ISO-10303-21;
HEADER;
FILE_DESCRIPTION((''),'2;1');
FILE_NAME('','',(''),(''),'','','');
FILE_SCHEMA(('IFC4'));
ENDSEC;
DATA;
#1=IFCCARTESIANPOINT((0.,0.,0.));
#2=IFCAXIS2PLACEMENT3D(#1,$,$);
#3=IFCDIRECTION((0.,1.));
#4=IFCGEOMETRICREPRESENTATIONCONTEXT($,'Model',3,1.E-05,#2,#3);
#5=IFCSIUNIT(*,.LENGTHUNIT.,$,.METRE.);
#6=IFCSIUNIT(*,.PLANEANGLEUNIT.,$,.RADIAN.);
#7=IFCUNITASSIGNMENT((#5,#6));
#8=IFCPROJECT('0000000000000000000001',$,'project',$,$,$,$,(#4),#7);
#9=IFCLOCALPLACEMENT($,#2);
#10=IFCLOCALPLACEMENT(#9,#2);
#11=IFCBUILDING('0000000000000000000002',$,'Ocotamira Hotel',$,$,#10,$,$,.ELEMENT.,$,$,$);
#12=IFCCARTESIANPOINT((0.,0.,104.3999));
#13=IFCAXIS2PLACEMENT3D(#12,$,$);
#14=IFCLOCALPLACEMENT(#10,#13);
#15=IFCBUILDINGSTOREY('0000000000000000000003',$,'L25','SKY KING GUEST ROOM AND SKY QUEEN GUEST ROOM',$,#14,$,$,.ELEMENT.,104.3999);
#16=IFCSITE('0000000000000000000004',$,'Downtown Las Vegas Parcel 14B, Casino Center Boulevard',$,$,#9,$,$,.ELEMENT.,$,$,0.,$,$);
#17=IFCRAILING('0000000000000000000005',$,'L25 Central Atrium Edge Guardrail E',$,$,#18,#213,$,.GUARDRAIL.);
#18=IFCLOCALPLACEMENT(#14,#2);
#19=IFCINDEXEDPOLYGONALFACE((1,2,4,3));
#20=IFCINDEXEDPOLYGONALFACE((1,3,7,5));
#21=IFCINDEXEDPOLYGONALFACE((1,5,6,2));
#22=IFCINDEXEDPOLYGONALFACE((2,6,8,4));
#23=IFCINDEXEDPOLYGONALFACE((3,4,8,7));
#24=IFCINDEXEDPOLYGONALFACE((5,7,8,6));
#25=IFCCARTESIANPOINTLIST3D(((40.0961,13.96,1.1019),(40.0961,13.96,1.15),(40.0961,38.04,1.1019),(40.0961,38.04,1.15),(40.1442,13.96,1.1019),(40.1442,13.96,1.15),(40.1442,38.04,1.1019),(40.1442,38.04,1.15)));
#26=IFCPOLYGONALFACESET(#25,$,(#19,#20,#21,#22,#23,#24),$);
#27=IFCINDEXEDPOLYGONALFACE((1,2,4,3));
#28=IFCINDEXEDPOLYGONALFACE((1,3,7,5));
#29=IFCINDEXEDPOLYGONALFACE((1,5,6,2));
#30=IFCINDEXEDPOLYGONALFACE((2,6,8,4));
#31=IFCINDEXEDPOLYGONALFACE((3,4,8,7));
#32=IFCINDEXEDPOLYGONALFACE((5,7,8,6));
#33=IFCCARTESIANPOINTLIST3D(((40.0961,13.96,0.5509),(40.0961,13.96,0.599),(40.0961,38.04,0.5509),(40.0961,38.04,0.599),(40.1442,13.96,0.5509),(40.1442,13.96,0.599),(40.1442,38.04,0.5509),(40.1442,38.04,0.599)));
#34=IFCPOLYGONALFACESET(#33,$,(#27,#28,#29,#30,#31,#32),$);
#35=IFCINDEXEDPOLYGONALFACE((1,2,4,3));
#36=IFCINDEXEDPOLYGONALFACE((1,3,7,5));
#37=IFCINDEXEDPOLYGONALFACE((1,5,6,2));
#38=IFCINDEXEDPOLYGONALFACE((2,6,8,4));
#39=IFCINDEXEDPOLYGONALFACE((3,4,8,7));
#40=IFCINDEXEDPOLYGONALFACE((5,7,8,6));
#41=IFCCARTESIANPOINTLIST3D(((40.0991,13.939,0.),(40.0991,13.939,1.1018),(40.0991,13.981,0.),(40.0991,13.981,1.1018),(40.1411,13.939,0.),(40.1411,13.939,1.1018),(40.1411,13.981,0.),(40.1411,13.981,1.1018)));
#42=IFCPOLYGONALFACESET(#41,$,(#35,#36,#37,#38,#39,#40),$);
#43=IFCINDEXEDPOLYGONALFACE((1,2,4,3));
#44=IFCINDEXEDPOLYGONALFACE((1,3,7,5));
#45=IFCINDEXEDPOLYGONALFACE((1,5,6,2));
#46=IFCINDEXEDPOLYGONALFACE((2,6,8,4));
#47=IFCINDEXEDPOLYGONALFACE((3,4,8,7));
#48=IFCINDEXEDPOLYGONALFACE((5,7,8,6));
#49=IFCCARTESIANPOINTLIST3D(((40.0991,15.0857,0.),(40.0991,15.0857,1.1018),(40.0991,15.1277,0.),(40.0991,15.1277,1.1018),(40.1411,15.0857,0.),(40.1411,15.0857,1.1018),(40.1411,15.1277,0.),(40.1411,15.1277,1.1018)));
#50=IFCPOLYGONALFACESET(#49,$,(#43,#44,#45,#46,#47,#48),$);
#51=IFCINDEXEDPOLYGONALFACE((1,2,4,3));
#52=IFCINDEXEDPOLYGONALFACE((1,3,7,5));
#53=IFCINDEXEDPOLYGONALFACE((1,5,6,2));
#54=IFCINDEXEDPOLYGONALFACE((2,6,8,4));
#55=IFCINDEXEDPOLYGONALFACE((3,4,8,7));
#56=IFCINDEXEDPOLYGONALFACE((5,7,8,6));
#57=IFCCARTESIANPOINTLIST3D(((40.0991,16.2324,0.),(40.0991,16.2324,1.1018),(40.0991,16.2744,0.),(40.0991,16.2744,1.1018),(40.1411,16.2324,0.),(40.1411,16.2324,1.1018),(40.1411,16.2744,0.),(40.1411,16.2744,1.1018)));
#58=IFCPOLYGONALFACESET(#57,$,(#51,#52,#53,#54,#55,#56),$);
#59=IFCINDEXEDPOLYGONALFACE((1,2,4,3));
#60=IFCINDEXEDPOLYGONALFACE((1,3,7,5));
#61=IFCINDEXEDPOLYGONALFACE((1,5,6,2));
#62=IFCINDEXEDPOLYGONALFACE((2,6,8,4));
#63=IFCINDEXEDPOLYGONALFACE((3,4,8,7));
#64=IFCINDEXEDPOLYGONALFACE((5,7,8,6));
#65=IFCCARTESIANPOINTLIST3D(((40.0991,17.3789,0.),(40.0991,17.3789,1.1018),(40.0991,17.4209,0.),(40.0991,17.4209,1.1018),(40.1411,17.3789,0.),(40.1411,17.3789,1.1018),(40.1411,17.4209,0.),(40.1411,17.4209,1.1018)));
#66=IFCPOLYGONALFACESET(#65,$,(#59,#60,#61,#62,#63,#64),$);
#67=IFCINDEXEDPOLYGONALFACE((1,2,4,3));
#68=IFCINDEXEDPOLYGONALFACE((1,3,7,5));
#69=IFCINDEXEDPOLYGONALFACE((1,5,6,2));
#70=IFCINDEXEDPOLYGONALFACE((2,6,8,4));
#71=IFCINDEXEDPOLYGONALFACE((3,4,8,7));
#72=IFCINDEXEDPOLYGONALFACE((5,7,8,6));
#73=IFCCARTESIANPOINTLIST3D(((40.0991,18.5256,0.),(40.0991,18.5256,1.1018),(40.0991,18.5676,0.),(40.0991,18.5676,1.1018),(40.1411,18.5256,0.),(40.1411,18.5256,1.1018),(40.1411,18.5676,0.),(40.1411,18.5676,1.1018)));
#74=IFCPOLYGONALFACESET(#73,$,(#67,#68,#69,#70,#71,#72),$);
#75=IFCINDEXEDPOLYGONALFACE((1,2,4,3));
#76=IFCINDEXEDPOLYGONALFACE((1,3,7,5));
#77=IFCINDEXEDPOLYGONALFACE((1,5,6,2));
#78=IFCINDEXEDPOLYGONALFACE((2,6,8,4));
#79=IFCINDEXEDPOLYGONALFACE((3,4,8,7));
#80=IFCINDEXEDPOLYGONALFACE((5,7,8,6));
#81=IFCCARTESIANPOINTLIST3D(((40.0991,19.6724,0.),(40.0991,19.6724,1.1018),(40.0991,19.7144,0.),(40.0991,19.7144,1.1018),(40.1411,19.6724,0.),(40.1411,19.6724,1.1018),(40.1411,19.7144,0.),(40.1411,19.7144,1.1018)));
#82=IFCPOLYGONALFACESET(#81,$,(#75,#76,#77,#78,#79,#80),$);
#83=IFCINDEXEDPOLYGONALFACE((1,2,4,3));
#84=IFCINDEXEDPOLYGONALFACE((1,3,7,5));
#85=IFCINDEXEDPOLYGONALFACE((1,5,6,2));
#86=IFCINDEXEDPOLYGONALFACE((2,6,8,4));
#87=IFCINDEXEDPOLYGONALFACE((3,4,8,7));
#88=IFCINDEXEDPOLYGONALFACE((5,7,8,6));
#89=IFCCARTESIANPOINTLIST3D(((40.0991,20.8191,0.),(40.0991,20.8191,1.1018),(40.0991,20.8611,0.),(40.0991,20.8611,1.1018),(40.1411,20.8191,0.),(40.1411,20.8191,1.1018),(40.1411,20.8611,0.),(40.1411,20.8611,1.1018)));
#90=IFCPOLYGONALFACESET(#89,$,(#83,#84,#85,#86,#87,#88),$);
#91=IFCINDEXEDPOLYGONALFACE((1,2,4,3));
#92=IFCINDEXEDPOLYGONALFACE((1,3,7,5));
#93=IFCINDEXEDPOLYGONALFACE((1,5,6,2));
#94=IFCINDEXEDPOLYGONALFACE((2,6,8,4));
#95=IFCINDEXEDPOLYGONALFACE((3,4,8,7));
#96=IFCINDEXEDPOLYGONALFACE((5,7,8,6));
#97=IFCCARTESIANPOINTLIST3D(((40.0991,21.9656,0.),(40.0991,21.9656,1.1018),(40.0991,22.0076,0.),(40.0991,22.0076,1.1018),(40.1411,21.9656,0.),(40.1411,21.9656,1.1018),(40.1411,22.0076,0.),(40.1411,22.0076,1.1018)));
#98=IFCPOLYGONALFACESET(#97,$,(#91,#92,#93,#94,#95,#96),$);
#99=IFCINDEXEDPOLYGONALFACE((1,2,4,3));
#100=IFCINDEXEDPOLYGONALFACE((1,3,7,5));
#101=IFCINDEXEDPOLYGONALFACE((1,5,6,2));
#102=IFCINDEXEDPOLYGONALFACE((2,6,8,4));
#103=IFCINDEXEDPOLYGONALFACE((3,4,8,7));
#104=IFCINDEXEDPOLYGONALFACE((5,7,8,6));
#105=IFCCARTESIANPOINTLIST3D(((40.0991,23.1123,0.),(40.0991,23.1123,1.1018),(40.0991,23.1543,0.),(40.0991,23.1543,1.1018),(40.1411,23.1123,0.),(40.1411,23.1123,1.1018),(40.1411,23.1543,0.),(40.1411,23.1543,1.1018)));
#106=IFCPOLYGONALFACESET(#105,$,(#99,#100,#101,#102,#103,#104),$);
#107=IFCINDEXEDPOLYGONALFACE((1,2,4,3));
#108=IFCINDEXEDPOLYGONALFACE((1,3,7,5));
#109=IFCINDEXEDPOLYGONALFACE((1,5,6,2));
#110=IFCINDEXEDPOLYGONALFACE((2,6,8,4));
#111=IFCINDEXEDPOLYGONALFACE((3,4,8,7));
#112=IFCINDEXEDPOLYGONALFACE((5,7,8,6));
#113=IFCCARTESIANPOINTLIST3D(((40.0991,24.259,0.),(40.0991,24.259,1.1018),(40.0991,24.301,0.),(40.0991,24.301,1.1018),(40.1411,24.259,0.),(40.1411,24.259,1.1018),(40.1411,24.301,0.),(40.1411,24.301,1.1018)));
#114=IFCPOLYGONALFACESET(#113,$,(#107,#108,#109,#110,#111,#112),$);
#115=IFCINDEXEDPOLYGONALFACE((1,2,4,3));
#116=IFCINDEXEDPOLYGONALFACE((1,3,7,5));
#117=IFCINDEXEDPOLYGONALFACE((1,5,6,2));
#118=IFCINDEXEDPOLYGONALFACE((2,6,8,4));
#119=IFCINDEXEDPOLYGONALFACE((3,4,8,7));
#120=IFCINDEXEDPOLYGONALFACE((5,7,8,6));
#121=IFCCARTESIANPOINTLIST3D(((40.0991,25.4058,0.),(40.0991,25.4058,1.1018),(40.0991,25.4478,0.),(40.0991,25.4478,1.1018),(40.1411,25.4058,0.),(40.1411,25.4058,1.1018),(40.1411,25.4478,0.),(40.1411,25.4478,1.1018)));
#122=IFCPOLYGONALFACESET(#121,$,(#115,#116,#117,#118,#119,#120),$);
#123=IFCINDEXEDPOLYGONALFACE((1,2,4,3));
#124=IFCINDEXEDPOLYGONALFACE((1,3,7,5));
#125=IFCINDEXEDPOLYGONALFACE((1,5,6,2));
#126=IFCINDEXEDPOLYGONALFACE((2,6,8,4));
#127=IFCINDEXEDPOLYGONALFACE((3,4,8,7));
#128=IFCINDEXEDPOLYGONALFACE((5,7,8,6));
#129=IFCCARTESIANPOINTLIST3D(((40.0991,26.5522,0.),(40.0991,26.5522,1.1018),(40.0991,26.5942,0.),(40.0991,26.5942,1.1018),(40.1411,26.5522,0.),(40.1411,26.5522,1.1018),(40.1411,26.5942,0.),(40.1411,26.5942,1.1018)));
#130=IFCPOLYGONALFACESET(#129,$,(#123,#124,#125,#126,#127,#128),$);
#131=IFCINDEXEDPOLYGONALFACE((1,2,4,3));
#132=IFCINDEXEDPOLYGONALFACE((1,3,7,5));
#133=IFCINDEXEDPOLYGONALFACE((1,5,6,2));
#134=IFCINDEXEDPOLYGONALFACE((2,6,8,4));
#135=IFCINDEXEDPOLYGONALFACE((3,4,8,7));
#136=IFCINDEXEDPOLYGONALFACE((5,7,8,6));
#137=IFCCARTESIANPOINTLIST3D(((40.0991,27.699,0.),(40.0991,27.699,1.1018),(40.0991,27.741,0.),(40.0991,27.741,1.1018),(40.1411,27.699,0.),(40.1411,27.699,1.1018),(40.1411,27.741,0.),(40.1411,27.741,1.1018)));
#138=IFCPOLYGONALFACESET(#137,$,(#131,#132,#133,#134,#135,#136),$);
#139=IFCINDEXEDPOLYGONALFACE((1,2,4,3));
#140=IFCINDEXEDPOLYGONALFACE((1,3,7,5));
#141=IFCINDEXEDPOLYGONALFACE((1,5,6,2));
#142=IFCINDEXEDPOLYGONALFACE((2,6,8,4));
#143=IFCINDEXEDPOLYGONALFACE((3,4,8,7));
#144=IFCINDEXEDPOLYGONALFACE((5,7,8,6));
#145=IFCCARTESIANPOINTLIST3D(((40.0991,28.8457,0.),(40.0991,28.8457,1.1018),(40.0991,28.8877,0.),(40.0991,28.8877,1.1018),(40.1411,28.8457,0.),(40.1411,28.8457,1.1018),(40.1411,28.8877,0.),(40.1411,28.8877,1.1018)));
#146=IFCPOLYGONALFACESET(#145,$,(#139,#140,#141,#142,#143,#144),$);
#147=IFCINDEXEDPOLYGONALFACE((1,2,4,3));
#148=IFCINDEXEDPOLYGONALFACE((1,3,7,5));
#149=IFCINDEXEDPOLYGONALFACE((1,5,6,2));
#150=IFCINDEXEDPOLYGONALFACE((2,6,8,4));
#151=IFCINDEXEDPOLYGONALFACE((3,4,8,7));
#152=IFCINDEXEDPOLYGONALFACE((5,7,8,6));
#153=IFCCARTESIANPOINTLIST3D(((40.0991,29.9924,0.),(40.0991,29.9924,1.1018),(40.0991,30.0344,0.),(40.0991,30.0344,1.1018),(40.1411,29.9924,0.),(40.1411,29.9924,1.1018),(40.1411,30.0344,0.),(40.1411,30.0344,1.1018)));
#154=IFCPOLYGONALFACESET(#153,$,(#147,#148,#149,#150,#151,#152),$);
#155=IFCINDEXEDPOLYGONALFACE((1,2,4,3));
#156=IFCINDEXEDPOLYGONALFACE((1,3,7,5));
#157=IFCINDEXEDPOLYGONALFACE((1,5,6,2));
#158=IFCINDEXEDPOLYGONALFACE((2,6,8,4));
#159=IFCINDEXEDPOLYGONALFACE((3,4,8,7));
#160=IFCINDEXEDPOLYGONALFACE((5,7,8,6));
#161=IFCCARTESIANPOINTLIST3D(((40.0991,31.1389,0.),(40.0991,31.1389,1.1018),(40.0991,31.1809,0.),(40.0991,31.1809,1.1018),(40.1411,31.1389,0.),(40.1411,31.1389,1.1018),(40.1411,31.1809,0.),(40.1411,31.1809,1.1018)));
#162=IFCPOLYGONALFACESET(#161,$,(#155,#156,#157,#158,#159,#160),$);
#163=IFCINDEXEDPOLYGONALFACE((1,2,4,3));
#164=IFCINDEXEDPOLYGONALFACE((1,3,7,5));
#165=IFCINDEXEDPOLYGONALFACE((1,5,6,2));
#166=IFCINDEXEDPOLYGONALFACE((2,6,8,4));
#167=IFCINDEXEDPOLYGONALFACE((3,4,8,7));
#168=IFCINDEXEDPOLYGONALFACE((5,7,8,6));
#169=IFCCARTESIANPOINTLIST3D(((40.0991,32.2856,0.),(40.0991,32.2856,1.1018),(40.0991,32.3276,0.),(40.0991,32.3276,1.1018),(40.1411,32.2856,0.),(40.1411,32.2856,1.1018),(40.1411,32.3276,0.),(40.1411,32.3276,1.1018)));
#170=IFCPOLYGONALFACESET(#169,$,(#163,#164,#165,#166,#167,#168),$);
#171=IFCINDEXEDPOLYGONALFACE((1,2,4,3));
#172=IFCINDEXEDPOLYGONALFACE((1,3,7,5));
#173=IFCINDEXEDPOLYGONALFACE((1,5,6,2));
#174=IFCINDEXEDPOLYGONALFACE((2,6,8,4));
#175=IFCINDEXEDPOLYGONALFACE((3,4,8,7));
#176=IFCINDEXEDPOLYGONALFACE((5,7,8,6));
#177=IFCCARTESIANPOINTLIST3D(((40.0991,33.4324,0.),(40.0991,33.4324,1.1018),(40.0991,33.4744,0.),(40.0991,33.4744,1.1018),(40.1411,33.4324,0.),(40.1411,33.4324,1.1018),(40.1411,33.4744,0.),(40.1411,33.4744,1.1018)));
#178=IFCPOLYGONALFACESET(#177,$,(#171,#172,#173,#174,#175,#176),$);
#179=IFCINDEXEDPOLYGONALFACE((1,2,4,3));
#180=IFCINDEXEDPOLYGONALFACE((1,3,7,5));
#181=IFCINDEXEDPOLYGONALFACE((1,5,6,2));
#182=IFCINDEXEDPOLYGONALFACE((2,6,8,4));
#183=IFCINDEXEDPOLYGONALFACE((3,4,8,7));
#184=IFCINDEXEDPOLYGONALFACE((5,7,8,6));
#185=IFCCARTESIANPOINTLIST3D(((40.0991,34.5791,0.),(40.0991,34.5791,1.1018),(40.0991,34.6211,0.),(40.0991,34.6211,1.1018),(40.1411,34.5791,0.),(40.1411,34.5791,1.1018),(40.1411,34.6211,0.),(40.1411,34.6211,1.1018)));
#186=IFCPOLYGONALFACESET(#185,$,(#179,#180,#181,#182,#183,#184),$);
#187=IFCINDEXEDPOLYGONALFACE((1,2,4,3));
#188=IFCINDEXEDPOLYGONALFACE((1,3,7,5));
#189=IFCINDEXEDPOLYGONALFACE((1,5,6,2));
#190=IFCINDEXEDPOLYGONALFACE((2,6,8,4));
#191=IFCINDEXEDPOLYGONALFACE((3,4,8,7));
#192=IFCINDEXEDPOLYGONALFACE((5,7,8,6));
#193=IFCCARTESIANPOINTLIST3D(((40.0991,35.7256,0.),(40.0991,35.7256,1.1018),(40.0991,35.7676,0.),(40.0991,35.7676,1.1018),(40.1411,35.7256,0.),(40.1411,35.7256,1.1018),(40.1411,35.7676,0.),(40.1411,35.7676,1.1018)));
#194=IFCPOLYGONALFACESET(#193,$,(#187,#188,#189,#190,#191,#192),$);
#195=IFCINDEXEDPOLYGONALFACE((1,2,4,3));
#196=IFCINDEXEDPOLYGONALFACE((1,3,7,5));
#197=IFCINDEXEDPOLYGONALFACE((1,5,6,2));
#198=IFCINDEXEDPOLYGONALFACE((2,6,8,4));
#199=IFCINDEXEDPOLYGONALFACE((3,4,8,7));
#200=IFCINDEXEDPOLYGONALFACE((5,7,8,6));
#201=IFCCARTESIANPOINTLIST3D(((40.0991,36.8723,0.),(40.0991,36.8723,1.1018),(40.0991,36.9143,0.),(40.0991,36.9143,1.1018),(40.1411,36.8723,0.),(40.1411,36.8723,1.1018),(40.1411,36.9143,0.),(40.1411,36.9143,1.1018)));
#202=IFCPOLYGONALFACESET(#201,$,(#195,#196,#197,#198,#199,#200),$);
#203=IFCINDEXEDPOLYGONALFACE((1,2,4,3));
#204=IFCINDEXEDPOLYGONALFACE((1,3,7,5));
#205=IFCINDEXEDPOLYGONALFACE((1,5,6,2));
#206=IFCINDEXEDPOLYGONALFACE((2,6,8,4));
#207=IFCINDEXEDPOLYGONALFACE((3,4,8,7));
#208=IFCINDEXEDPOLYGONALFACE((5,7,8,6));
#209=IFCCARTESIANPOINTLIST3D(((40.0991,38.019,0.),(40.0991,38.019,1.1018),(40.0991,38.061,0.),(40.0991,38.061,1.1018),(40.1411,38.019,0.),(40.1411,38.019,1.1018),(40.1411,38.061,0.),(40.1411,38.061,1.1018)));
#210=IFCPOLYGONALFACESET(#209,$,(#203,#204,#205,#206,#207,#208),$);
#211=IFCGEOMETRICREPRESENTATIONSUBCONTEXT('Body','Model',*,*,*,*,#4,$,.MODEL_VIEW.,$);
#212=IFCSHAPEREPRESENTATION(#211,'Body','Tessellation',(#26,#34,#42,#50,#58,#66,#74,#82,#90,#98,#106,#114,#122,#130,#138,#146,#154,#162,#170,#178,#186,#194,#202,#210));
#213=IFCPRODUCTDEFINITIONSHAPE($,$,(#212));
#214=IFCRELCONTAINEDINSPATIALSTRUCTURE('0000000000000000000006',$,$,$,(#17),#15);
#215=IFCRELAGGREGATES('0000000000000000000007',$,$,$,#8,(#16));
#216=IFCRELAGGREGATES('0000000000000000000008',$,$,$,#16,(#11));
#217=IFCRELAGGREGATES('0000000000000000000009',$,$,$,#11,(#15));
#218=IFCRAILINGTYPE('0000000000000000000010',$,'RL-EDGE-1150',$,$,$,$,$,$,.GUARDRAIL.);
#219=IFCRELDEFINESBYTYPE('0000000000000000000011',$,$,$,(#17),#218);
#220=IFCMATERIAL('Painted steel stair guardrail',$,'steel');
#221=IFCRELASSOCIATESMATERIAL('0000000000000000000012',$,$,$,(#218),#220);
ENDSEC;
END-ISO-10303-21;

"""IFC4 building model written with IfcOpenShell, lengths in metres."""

from ifc_helpers import new_model, si_unit, direction, frame, origin, origin_2d, place, context, subcontext, project, spatial, rectangle, extrude, material, type_object, element, save


model = new_model("IFC4")

# Units and contexts
model_context = context("Model", 3, precision=1e-05, world=origin(), true_north=direction((0.0, 1.0)))
body_context = subcontext(model_context, "Body", "Model", "MODEL_VIEW")
ifc_project = project(units=[si_unit("LENGTHUNIT", "METRE"), si_unit("PLANEANGLEUNIT", "RADIAN")], contexts=[model_context])

# Site, building, storey
site_placement = place(None, origin())
site = spatial("IfcSite", under=ifc_project, at=site_placement, Name="Downtown Las Vegas Parcel 14B, Casino Center Boulevard", CompositionType="ELEMENT", RefElevation=0.0)
building_placement = place(site_placement, origin())
building = spatial("IfcBuilding", under=site, at=building_placement, Name="Ocotamira Hotel", CompositionType="ELEMENT")
storey_placement = place(building_placement, frame((0.0, 0.0, 104.3999)))
storey = spatial("IfcBuildingStorey", under=building, at=storey_placement, Name="L25", Description="SKY KING GUEST ROOM AND SKY QUEEN GUEST ROOM", CompositionType="ELEMENT", Elevation=104.3999)

# Railing
ifc_material_1 = material(Name="Painted steel stair guardrail", Category="steel")
railing_type = type_object("IfcRailingType", Name="RL-EDGE-1150", PredefinedType="GUARDRAIL", material=ifc_material_1)
railing_placement = place(storey_placement, frame((40.1201, 13.96, 0.0)))
element("IfcRailing", 1, at=railing_placement, inside=storey, type_object=railing_type, Name="L25 Central Atrium Edge Guardrail E", PredefinedType="GUARDRAIL", context=body_context, shape_type="SweptSolid", body=[
    extrude(rectangle(XDim=0.0481, YDim=0.0481, at=origin_2d()), frame((0.0, 0.0, 1.126), z_axis=(0.0, 1.0, 0.0), x_axis=(-1.0, 0.0, 0.0)), (0.0, 0.0, 1.0), 24.0801),
    extrude(rectangle(XDim=0.0481, YDim=0.0481, at=origin_2d()), frame((0.0, 0.0, 0.575), z_axis=(0.0, 1.0, 0.0), x_axis=(-1.0, 0.0, 0.0)), (0.0, 0.0, 1.0), 24.0801),
    extrude(rectangle(XDim=0.042, YDim=0.042, at=origin_2d()), origin(), (0.0, 0.0, 1.0), 1.1018),
    extrude(rectangle(XDim=0.042, YDim=0.042, at=origin_2d()), frame((0.0, 1.1467, 0.0)), (0.0, 0.0, 1.0), 1.1018),
    extrude(rectangle(XDim=0.042, YDim=0.042, at=origin_2d()), frame((0.0, 2.2935, 0.0)), (0.0, 0.0, 1.0), 1.1018),
    extrude(rectangle(XDim=0.042, YDim=0.042, at=origin_2d()), frame((0.0, 3.4399, 0.0)), (0.0, 0.0, 1.0), 1.1018),
    extrude(rectangle(XDim=0.042, YDim=0.042, at=origin_2d()), frame((0.0, 4.5867, 0.0)), (0.0, 0.0, 1.0), 1.1018),
    extrude(rectangle(XDim=0.042, YDim=0.042, at=origin_2d()), frame((0.0, 5.7334, 0.0)), (0.0, 0.0, 1.0), 1.1018),
    extrude(rectangle(XDim=0.042, YDim=0.042, at=origin_2d()), frame((0.0, 6.8801, 0.0)), (0.0, 0.0, 1.0), 1.1018),
    extrude(rectangle(XDim=0.042, YDim=0.042, at=origin_2d()), frame((0.0, 8.0266, 0.0)), (0.0, 0.0, 1.0), 1.1018),
    extrude(rectangle(XDim=0.042, YDim=0.042, at=origin_2d()), frame((0.0, 9.1733, 0.0)), (0.0, 0.0, 1.0), 1.1018),
    extrude(rectangle(XDim=0.042, YDim=0.042, at=origin_2d()), frame((0.0, 10.3201, 0.0)), (0.0, 0.0, 1.0), 1.1018),
    extrude(rectangle(XDim=0.042, YDim=0.042, at=origin_2d()), frame((0.0, 11.4668, 0.0)), (0.0, 0.0, 1.0), 1.1018),
    extrude(rectangle(XDim=0.042, YDim=0.042, at=origin_2d()), frame((0.0, 12.6133, 0.0)), (0.0, 0.0, 1.0), 1.1018),
    extrude(rectangle(XDim=0.042, YDim=0.042, at=origin_2d()), frame((0.0, 13.76, 0.0)), (0.0, 0.0, 1.0), 1.1018),
    extrude(rectangle(XDim=0.042, YDim=0.042, at=origin_2d()), frame((0.0, 14.9067, 0.0)), (0.0, 0.0, 1.0), 1.1018),
    extrude(rectangle(XDim=0.042, YDim=0.042, at=origin_2d()), frame((0.0, 16.0535, 0.0)), (0.0, 0.0, 1.0), 1.1018),
    extrude(rectangle(XDim=0.042, YDim=0.042, at=origin_2d()), frame((0.0, 17.2, 0.0)), (0.0, 0.0, 1.0), 1.1018),
    extrude(rectangle(XDim=0.042, YDim=0.042, at=origin_2d()), frame((0.0, 18.3467, 0.0)), (0.0, 0.0, 1.0), 1.1018),
    extrude(rectangle(XDim=0.042, YDim=0.042, at=origin_2d()), frame((0.0, 19.4934, 0.0)), (0.0, 0.0, 1.0), 1.1018),
    extrude(rectangle(XDim=0.042, YDim=0.042, at=origin_2d()), frame((0.0, 20.6401, 0.0)), (0.0, 0.0, 1.0), 1.1018),
    extrude(rectangle(XDim=0.042, YDim=0.042, at=origin_2d()), frame((0.0, 21.7866, 0.0)), (0.0, 0.0, 1.0), 1.1018),
    extrude(rectangle(XDim=0.042, YDim=0.042, at=origin_2d()), frame((0.0, 22.9333, 0.0)), (0.0, 0.0, 1.0), 1.1018),
    extrude(rectangle(XDim=0.042, YDim=0.042, at=origin_2d()), frame((0.0, 24.0801, 0.0)), (0.0, 0.0, 1.0), 1.1018),
])

save(model, "model.ifc")
